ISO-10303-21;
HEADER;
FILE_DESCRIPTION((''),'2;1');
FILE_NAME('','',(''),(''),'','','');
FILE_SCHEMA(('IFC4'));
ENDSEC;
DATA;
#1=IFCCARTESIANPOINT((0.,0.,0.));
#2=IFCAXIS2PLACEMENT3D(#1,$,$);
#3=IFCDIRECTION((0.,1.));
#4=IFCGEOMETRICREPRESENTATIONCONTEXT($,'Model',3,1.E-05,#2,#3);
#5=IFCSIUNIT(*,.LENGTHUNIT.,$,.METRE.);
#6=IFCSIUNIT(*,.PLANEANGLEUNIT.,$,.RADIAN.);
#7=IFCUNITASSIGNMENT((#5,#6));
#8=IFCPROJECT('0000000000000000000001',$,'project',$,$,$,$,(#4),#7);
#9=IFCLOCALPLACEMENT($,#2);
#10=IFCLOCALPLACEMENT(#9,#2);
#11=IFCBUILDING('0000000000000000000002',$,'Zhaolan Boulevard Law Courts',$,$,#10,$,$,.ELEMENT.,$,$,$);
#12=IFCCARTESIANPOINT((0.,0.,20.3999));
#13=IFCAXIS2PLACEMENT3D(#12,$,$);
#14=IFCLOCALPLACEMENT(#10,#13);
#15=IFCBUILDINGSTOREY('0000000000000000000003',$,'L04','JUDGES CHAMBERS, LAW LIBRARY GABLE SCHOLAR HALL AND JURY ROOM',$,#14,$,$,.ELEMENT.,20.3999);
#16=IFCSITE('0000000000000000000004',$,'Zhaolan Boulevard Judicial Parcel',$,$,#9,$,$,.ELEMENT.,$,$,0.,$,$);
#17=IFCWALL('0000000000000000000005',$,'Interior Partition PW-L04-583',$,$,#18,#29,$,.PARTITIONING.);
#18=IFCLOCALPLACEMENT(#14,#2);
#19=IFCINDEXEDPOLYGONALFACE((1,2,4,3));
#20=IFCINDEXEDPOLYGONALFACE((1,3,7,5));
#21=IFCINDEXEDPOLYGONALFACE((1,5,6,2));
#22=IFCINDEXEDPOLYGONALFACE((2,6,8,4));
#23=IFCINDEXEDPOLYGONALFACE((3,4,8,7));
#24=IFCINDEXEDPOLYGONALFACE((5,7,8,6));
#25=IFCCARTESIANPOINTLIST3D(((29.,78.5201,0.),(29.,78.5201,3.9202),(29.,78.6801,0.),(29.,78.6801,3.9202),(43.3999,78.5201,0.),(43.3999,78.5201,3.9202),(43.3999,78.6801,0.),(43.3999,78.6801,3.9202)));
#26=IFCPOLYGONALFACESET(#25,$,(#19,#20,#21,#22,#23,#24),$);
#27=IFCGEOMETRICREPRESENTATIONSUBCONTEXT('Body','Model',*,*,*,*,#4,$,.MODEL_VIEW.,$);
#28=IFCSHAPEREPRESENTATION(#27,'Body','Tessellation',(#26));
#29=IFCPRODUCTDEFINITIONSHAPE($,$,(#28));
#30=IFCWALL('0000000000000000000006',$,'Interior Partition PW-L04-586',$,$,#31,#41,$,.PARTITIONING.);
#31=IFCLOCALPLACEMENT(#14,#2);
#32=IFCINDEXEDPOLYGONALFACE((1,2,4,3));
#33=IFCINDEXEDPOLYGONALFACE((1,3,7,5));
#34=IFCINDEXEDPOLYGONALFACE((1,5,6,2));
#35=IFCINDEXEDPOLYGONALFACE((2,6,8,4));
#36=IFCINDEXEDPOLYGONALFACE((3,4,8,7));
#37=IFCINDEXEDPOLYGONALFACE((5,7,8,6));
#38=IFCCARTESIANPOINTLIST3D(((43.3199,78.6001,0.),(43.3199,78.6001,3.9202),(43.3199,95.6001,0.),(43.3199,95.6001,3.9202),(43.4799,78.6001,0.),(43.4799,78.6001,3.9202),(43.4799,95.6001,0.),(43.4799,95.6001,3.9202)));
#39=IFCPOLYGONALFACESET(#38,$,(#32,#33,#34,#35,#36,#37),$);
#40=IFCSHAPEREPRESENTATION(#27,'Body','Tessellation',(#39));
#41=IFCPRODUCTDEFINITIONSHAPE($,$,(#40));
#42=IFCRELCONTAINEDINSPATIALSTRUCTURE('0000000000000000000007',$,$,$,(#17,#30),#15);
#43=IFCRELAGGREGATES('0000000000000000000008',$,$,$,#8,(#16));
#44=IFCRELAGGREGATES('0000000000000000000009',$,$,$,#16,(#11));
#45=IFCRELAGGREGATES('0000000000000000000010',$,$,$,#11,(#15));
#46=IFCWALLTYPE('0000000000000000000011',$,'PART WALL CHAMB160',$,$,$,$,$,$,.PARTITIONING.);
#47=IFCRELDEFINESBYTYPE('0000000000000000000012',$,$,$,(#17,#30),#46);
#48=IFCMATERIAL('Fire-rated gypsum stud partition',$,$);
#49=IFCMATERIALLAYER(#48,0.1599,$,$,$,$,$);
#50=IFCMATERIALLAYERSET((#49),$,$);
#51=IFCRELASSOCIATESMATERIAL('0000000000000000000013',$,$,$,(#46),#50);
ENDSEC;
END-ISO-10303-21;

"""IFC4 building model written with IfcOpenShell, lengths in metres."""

from ifc_helpers import new_model, si_unit, direction, frame, frame_2d, origin, place, context, subcontext, project, spatial, rectangle, extrude, material, layer, layer_set, type_object, element, save


model = new_model("IFC4")

# Units and contexts
model_context = context("Model", 3, precision=1e-05, world=origin(), true_north=direction((0.0, 1.0)))
body_context = subcontext(model_context, "Body", "Model", "MODEL_VIEW")
ifc_project = project(units=[si_unit("LENGTHUNIT", "METRE"), si_unit("PLANEANGLEUNIT", "RADIAN")], contexts=[model_context])

# Site, building, storey
site_placement = place(None, origin())
site = spatial("IfcSite", under=ifc_project, at=site_placement, Name="Zhaolan Boulevard Judicial Parcel", CompositionType="ELEMENT", RefElevation=0.0)
building_placement = place(site_placement, origin())
building = spatial("IfcBuilding", under=site, at=building_placement, Name="Zhaolan Boulevard Law Courts", CompositionType="ELEMENT")
storey_placement = place(building_placement, frame((0.0, 0.0, 20.3999)))
storey = spatial("IfcBuildingStorey", under=building, at=storey_placement, Name="L04", Description="JUDGES CHAMBERS, LAW LIBRARY GABLE SCHOLAR HALL AND JURY ROOM", CompositionType="ELEMENT", Elevation=20.3999)

# Walls
ifc_material_1 = material(Name="Fire-rated gypsum stud partition")
ifc_layer_1 = layer(ifc_material_1, 0.1599)
ifc_layer_set_1 = layer_set([ifc_layer_1])
wall_type = type_object("IfcWallType", Name="PART WALL CHAMB160", PredefinedType="PARTITIONING", material=ifc_layer_set_1)
wall_1_placement = place(storey_placement, frame((29.0, 78.6001, 0.0), z_axis=(0.0, 0.0, 1.0), x_axis=(1.0, 0.0, 0.0)))
element("IfcWall", 1, at=wall_1_placement, inside=storey, type_object=wall_type, Name="Interior Partition PW-L04-583", PredefinedType="PARTITIONING", context=body_context, shape_type="SweptSolid", body=[
    extrude(rectangle(XDim=14.3999, YDim=0.1599, at=frame_2d((7.2, 0.0))), origin(), (0.0, 0.0, 1.0), 3.9202),
])
wall_2_placement = place(storey_placement, frame((43.3999, 78.6001, 0.0), z_axis=(0.0, 0.0, 1.0), x_axis=(0.0, 1.0, 0.0)))
element("IfcWall", 2, at=wall_2_placement, inside=storey, type_object=wall_type, Name="Interior Partition PW-L04-586", PredefinedType="PARTITIONING", context=body_context, shape_type="SweptSolid", body=[
    extrude(rectangle(XDim=17.0, YDim=0.1599, at=frame_2d((8.5, 0.0))), origin(), (0.0, 0.0, 1.0), 3.9202),
])

save(model, "model.ifc")
